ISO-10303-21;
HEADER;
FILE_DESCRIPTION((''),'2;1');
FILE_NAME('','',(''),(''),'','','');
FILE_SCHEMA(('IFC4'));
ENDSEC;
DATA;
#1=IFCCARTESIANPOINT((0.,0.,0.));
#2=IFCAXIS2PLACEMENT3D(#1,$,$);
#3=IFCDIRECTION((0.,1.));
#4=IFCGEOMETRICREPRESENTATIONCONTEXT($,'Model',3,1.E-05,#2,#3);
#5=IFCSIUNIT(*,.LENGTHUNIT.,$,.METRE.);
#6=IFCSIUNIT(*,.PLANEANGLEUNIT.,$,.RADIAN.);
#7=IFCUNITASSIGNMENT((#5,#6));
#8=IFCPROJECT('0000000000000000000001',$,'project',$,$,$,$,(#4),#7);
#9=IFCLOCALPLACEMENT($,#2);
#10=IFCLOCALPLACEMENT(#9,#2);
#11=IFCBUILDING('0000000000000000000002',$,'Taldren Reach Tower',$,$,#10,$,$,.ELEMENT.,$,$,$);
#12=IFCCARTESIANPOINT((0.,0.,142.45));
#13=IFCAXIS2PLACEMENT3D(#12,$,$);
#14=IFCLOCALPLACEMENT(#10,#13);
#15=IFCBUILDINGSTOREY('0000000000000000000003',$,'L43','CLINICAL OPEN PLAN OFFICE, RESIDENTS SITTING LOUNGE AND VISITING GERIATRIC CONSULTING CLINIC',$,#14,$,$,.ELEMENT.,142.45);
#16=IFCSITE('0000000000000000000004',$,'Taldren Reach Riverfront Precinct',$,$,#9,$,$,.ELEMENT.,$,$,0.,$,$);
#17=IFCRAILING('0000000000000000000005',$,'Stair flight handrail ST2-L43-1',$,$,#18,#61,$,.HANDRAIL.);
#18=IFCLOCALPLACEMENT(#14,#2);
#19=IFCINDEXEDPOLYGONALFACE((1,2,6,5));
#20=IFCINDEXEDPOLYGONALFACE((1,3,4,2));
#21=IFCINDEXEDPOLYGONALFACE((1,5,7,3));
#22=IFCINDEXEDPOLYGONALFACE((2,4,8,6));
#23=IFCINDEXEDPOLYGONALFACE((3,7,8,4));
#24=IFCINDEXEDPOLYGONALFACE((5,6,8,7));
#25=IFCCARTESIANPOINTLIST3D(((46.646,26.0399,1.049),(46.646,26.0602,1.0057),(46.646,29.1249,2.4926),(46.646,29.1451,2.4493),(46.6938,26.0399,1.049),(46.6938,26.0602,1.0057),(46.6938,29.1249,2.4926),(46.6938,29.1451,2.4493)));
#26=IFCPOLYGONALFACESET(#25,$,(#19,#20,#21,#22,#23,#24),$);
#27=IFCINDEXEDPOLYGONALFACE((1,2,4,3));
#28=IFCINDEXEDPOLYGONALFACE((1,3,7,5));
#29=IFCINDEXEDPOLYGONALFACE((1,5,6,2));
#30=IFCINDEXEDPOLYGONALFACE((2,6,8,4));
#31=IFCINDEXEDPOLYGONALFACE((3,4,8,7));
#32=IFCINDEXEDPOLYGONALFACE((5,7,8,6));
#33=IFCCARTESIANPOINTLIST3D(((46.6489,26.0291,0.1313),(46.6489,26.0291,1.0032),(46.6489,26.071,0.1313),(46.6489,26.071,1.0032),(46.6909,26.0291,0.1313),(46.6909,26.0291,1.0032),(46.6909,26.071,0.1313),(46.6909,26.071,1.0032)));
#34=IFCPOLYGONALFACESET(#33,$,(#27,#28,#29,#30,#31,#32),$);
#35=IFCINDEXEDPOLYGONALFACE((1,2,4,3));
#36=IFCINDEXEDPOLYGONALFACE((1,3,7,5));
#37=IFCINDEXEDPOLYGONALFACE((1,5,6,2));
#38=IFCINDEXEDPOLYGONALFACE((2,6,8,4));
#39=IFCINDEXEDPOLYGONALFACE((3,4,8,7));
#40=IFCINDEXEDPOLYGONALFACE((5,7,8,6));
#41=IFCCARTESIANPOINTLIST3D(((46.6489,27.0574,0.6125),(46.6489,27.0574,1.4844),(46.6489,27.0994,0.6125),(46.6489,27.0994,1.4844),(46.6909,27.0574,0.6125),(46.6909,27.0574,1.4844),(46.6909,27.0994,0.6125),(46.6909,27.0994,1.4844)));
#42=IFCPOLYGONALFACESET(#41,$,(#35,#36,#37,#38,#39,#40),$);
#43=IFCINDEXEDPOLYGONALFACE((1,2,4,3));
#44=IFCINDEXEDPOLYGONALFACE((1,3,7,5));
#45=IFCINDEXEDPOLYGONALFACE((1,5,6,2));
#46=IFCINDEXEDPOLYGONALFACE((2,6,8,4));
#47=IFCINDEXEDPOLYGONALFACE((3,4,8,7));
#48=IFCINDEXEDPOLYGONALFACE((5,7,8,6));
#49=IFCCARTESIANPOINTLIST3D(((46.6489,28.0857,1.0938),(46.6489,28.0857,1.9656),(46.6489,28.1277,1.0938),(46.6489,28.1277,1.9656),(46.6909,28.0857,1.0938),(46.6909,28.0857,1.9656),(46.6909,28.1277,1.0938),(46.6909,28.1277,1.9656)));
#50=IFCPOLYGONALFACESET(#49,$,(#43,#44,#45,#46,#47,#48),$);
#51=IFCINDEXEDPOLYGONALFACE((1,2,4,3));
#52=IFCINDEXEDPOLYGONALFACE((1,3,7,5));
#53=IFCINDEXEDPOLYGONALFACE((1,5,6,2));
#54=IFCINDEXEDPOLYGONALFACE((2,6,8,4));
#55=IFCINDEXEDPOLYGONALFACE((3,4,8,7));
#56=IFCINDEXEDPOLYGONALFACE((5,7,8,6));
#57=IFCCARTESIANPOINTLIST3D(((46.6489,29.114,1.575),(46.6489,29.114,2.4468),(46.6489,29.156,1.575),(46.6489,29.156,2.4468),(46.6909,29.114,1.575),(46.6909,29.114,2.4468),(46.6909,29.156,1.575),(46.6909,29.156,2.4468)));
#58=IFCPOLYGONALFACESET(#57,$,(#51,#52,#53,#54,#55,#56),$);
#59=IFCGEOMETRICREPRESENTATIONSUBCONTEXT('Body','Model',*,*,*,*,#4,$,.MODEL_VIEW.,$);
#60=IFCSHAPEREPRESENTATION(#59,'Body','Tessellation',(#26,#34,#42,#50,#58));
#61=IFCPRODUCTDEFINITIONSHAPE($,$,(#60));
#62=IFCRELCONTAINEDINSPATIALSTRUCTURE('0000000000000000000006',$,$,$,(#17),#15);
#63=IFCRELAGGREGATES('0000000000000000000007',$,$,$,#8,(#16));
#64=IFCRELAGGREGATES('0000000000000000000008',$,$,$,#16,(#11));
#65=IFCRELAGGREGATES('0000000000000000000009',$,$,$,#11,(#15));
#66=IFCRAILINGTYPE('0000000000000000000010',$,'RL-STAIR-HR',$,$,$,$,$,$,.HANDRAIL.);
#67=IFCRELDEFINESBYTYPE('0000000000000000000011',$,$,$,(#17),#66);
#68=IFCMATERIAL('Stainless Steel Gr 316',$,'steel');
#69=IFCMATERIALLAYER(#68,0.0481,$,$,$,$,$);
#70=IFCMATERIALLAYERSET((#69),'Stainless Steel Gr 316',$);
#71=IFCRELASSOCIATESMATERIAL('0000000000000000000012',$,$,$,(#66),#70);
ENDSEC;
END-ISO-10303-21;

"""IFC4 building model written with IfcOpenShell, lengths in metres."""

from ifc_helpers import new_model, si_unit, direction, frame, origin, origin_2d, place, context, subcontext, project, spatial, rectangle, extrude, material, layer, layer_set, type_object, element, save


model = new_model("IFC4")

# Units and contexts
model_context = context("Model", 3, precision=1e-05, world=origin(), true_north=direction((0.0, 1.0)))
body_context = subcontext(model_context, "Body", "Model", "MODEL_VIEW")
ifc_project = project(units=[si_unit("LENGTHUNIT", "METRE"), si_unit("PLANEANGLEUNIT", "RADIAN")], contexts=[model_context])

# Site, building, storey
site_placement = place(None, origin())
site = spatial("IfcSite", under=ifc_project, at=site_placement, Name="Taldren Reach Riverfront Precinct", CompositionType="ELEMENT", RefElevation=0.0)
building_placement = place(site_placement, origin())
building = spatial("IfcBuilding", under=site, at=building_placement, Name="Taldren Reach Tower", CompositionType="ELEMENT")
storey_placement = place(building_placement, frame((0.0, 0.0, 142.45)))
storey = spatial("IfcBuildingStorey", under=building, at=storey_placement, Name="L43", Description="CLINICAL OPEN PLAN OFFICE, RESIDENTS SITTING LOUNGE AND VISITING GERIATRIC CONSULTING CLINIC", CompositionType="ELEMENT", Elevation=142.45)

# Railing
ifc_material_1 = material(Name="Stainless Steel Gr 316", Category="steel")
ifc_layer_1 = layer(ifc_material_1, 0.0481)
ifc_layer_set_1 = layer_set([ifc_layer_1], Name="Stainless Steel Gr 316")
railing_type_1 = type_object("IfcRailingType", Name="RL-STAIR-HR", PredefinedType="HANDRAIL", material=ifc_layer_set_1)
railing_1_placement = place(storey_placement, frame((46.6699, 26.05, 0.1313)))
element("IfcRailing", 1, at=railing_1_placement, inside=storey, type_object=railing_type_1, Name="Stair flight handrail ST2-L43-1", PredefinedType="HANDRAIL", context=body_context, shape_type="SweptSolid", body=[
    extrude(rectangle(XDim=0.0479, YDim=0.0479, at=origin_2d()), frame((0.0, 0.0, 0.896), z_axis=(0.0, 0.905738, 0.423839), x_axis=(-1.0, 0.0, 0.0)), (0.0, 0.0, 1.0), 3.406),
    extrude(rectangle(XDim=0.042, YDim=0.042, at=origin_2d()), origin(), (0.0, 0.0, 1.0), 0.8718),
    extrude(rectangle(XDim=0.042, YDim=0.042, at=origin_2d()), frame((0.0, 1.0283, 0.4812)), (0.0, 0.0, 1.0), 0.8718),
    extrude(rectangle(XDim=0.042, YDim=0.042, at=origin_2d()), frame((0.0, 2.0566, 0.9624)), (0.0, 0.0, 1.0), 0.8718),
    extrude(rectangle(XDim=0.042, YDim=0.042, at=origin_2d()), frame((0.0, 3.085, 1.4436)), (0.0, 0.0, 1.0), 0.8718),
])

save(model, "model.ifc")
